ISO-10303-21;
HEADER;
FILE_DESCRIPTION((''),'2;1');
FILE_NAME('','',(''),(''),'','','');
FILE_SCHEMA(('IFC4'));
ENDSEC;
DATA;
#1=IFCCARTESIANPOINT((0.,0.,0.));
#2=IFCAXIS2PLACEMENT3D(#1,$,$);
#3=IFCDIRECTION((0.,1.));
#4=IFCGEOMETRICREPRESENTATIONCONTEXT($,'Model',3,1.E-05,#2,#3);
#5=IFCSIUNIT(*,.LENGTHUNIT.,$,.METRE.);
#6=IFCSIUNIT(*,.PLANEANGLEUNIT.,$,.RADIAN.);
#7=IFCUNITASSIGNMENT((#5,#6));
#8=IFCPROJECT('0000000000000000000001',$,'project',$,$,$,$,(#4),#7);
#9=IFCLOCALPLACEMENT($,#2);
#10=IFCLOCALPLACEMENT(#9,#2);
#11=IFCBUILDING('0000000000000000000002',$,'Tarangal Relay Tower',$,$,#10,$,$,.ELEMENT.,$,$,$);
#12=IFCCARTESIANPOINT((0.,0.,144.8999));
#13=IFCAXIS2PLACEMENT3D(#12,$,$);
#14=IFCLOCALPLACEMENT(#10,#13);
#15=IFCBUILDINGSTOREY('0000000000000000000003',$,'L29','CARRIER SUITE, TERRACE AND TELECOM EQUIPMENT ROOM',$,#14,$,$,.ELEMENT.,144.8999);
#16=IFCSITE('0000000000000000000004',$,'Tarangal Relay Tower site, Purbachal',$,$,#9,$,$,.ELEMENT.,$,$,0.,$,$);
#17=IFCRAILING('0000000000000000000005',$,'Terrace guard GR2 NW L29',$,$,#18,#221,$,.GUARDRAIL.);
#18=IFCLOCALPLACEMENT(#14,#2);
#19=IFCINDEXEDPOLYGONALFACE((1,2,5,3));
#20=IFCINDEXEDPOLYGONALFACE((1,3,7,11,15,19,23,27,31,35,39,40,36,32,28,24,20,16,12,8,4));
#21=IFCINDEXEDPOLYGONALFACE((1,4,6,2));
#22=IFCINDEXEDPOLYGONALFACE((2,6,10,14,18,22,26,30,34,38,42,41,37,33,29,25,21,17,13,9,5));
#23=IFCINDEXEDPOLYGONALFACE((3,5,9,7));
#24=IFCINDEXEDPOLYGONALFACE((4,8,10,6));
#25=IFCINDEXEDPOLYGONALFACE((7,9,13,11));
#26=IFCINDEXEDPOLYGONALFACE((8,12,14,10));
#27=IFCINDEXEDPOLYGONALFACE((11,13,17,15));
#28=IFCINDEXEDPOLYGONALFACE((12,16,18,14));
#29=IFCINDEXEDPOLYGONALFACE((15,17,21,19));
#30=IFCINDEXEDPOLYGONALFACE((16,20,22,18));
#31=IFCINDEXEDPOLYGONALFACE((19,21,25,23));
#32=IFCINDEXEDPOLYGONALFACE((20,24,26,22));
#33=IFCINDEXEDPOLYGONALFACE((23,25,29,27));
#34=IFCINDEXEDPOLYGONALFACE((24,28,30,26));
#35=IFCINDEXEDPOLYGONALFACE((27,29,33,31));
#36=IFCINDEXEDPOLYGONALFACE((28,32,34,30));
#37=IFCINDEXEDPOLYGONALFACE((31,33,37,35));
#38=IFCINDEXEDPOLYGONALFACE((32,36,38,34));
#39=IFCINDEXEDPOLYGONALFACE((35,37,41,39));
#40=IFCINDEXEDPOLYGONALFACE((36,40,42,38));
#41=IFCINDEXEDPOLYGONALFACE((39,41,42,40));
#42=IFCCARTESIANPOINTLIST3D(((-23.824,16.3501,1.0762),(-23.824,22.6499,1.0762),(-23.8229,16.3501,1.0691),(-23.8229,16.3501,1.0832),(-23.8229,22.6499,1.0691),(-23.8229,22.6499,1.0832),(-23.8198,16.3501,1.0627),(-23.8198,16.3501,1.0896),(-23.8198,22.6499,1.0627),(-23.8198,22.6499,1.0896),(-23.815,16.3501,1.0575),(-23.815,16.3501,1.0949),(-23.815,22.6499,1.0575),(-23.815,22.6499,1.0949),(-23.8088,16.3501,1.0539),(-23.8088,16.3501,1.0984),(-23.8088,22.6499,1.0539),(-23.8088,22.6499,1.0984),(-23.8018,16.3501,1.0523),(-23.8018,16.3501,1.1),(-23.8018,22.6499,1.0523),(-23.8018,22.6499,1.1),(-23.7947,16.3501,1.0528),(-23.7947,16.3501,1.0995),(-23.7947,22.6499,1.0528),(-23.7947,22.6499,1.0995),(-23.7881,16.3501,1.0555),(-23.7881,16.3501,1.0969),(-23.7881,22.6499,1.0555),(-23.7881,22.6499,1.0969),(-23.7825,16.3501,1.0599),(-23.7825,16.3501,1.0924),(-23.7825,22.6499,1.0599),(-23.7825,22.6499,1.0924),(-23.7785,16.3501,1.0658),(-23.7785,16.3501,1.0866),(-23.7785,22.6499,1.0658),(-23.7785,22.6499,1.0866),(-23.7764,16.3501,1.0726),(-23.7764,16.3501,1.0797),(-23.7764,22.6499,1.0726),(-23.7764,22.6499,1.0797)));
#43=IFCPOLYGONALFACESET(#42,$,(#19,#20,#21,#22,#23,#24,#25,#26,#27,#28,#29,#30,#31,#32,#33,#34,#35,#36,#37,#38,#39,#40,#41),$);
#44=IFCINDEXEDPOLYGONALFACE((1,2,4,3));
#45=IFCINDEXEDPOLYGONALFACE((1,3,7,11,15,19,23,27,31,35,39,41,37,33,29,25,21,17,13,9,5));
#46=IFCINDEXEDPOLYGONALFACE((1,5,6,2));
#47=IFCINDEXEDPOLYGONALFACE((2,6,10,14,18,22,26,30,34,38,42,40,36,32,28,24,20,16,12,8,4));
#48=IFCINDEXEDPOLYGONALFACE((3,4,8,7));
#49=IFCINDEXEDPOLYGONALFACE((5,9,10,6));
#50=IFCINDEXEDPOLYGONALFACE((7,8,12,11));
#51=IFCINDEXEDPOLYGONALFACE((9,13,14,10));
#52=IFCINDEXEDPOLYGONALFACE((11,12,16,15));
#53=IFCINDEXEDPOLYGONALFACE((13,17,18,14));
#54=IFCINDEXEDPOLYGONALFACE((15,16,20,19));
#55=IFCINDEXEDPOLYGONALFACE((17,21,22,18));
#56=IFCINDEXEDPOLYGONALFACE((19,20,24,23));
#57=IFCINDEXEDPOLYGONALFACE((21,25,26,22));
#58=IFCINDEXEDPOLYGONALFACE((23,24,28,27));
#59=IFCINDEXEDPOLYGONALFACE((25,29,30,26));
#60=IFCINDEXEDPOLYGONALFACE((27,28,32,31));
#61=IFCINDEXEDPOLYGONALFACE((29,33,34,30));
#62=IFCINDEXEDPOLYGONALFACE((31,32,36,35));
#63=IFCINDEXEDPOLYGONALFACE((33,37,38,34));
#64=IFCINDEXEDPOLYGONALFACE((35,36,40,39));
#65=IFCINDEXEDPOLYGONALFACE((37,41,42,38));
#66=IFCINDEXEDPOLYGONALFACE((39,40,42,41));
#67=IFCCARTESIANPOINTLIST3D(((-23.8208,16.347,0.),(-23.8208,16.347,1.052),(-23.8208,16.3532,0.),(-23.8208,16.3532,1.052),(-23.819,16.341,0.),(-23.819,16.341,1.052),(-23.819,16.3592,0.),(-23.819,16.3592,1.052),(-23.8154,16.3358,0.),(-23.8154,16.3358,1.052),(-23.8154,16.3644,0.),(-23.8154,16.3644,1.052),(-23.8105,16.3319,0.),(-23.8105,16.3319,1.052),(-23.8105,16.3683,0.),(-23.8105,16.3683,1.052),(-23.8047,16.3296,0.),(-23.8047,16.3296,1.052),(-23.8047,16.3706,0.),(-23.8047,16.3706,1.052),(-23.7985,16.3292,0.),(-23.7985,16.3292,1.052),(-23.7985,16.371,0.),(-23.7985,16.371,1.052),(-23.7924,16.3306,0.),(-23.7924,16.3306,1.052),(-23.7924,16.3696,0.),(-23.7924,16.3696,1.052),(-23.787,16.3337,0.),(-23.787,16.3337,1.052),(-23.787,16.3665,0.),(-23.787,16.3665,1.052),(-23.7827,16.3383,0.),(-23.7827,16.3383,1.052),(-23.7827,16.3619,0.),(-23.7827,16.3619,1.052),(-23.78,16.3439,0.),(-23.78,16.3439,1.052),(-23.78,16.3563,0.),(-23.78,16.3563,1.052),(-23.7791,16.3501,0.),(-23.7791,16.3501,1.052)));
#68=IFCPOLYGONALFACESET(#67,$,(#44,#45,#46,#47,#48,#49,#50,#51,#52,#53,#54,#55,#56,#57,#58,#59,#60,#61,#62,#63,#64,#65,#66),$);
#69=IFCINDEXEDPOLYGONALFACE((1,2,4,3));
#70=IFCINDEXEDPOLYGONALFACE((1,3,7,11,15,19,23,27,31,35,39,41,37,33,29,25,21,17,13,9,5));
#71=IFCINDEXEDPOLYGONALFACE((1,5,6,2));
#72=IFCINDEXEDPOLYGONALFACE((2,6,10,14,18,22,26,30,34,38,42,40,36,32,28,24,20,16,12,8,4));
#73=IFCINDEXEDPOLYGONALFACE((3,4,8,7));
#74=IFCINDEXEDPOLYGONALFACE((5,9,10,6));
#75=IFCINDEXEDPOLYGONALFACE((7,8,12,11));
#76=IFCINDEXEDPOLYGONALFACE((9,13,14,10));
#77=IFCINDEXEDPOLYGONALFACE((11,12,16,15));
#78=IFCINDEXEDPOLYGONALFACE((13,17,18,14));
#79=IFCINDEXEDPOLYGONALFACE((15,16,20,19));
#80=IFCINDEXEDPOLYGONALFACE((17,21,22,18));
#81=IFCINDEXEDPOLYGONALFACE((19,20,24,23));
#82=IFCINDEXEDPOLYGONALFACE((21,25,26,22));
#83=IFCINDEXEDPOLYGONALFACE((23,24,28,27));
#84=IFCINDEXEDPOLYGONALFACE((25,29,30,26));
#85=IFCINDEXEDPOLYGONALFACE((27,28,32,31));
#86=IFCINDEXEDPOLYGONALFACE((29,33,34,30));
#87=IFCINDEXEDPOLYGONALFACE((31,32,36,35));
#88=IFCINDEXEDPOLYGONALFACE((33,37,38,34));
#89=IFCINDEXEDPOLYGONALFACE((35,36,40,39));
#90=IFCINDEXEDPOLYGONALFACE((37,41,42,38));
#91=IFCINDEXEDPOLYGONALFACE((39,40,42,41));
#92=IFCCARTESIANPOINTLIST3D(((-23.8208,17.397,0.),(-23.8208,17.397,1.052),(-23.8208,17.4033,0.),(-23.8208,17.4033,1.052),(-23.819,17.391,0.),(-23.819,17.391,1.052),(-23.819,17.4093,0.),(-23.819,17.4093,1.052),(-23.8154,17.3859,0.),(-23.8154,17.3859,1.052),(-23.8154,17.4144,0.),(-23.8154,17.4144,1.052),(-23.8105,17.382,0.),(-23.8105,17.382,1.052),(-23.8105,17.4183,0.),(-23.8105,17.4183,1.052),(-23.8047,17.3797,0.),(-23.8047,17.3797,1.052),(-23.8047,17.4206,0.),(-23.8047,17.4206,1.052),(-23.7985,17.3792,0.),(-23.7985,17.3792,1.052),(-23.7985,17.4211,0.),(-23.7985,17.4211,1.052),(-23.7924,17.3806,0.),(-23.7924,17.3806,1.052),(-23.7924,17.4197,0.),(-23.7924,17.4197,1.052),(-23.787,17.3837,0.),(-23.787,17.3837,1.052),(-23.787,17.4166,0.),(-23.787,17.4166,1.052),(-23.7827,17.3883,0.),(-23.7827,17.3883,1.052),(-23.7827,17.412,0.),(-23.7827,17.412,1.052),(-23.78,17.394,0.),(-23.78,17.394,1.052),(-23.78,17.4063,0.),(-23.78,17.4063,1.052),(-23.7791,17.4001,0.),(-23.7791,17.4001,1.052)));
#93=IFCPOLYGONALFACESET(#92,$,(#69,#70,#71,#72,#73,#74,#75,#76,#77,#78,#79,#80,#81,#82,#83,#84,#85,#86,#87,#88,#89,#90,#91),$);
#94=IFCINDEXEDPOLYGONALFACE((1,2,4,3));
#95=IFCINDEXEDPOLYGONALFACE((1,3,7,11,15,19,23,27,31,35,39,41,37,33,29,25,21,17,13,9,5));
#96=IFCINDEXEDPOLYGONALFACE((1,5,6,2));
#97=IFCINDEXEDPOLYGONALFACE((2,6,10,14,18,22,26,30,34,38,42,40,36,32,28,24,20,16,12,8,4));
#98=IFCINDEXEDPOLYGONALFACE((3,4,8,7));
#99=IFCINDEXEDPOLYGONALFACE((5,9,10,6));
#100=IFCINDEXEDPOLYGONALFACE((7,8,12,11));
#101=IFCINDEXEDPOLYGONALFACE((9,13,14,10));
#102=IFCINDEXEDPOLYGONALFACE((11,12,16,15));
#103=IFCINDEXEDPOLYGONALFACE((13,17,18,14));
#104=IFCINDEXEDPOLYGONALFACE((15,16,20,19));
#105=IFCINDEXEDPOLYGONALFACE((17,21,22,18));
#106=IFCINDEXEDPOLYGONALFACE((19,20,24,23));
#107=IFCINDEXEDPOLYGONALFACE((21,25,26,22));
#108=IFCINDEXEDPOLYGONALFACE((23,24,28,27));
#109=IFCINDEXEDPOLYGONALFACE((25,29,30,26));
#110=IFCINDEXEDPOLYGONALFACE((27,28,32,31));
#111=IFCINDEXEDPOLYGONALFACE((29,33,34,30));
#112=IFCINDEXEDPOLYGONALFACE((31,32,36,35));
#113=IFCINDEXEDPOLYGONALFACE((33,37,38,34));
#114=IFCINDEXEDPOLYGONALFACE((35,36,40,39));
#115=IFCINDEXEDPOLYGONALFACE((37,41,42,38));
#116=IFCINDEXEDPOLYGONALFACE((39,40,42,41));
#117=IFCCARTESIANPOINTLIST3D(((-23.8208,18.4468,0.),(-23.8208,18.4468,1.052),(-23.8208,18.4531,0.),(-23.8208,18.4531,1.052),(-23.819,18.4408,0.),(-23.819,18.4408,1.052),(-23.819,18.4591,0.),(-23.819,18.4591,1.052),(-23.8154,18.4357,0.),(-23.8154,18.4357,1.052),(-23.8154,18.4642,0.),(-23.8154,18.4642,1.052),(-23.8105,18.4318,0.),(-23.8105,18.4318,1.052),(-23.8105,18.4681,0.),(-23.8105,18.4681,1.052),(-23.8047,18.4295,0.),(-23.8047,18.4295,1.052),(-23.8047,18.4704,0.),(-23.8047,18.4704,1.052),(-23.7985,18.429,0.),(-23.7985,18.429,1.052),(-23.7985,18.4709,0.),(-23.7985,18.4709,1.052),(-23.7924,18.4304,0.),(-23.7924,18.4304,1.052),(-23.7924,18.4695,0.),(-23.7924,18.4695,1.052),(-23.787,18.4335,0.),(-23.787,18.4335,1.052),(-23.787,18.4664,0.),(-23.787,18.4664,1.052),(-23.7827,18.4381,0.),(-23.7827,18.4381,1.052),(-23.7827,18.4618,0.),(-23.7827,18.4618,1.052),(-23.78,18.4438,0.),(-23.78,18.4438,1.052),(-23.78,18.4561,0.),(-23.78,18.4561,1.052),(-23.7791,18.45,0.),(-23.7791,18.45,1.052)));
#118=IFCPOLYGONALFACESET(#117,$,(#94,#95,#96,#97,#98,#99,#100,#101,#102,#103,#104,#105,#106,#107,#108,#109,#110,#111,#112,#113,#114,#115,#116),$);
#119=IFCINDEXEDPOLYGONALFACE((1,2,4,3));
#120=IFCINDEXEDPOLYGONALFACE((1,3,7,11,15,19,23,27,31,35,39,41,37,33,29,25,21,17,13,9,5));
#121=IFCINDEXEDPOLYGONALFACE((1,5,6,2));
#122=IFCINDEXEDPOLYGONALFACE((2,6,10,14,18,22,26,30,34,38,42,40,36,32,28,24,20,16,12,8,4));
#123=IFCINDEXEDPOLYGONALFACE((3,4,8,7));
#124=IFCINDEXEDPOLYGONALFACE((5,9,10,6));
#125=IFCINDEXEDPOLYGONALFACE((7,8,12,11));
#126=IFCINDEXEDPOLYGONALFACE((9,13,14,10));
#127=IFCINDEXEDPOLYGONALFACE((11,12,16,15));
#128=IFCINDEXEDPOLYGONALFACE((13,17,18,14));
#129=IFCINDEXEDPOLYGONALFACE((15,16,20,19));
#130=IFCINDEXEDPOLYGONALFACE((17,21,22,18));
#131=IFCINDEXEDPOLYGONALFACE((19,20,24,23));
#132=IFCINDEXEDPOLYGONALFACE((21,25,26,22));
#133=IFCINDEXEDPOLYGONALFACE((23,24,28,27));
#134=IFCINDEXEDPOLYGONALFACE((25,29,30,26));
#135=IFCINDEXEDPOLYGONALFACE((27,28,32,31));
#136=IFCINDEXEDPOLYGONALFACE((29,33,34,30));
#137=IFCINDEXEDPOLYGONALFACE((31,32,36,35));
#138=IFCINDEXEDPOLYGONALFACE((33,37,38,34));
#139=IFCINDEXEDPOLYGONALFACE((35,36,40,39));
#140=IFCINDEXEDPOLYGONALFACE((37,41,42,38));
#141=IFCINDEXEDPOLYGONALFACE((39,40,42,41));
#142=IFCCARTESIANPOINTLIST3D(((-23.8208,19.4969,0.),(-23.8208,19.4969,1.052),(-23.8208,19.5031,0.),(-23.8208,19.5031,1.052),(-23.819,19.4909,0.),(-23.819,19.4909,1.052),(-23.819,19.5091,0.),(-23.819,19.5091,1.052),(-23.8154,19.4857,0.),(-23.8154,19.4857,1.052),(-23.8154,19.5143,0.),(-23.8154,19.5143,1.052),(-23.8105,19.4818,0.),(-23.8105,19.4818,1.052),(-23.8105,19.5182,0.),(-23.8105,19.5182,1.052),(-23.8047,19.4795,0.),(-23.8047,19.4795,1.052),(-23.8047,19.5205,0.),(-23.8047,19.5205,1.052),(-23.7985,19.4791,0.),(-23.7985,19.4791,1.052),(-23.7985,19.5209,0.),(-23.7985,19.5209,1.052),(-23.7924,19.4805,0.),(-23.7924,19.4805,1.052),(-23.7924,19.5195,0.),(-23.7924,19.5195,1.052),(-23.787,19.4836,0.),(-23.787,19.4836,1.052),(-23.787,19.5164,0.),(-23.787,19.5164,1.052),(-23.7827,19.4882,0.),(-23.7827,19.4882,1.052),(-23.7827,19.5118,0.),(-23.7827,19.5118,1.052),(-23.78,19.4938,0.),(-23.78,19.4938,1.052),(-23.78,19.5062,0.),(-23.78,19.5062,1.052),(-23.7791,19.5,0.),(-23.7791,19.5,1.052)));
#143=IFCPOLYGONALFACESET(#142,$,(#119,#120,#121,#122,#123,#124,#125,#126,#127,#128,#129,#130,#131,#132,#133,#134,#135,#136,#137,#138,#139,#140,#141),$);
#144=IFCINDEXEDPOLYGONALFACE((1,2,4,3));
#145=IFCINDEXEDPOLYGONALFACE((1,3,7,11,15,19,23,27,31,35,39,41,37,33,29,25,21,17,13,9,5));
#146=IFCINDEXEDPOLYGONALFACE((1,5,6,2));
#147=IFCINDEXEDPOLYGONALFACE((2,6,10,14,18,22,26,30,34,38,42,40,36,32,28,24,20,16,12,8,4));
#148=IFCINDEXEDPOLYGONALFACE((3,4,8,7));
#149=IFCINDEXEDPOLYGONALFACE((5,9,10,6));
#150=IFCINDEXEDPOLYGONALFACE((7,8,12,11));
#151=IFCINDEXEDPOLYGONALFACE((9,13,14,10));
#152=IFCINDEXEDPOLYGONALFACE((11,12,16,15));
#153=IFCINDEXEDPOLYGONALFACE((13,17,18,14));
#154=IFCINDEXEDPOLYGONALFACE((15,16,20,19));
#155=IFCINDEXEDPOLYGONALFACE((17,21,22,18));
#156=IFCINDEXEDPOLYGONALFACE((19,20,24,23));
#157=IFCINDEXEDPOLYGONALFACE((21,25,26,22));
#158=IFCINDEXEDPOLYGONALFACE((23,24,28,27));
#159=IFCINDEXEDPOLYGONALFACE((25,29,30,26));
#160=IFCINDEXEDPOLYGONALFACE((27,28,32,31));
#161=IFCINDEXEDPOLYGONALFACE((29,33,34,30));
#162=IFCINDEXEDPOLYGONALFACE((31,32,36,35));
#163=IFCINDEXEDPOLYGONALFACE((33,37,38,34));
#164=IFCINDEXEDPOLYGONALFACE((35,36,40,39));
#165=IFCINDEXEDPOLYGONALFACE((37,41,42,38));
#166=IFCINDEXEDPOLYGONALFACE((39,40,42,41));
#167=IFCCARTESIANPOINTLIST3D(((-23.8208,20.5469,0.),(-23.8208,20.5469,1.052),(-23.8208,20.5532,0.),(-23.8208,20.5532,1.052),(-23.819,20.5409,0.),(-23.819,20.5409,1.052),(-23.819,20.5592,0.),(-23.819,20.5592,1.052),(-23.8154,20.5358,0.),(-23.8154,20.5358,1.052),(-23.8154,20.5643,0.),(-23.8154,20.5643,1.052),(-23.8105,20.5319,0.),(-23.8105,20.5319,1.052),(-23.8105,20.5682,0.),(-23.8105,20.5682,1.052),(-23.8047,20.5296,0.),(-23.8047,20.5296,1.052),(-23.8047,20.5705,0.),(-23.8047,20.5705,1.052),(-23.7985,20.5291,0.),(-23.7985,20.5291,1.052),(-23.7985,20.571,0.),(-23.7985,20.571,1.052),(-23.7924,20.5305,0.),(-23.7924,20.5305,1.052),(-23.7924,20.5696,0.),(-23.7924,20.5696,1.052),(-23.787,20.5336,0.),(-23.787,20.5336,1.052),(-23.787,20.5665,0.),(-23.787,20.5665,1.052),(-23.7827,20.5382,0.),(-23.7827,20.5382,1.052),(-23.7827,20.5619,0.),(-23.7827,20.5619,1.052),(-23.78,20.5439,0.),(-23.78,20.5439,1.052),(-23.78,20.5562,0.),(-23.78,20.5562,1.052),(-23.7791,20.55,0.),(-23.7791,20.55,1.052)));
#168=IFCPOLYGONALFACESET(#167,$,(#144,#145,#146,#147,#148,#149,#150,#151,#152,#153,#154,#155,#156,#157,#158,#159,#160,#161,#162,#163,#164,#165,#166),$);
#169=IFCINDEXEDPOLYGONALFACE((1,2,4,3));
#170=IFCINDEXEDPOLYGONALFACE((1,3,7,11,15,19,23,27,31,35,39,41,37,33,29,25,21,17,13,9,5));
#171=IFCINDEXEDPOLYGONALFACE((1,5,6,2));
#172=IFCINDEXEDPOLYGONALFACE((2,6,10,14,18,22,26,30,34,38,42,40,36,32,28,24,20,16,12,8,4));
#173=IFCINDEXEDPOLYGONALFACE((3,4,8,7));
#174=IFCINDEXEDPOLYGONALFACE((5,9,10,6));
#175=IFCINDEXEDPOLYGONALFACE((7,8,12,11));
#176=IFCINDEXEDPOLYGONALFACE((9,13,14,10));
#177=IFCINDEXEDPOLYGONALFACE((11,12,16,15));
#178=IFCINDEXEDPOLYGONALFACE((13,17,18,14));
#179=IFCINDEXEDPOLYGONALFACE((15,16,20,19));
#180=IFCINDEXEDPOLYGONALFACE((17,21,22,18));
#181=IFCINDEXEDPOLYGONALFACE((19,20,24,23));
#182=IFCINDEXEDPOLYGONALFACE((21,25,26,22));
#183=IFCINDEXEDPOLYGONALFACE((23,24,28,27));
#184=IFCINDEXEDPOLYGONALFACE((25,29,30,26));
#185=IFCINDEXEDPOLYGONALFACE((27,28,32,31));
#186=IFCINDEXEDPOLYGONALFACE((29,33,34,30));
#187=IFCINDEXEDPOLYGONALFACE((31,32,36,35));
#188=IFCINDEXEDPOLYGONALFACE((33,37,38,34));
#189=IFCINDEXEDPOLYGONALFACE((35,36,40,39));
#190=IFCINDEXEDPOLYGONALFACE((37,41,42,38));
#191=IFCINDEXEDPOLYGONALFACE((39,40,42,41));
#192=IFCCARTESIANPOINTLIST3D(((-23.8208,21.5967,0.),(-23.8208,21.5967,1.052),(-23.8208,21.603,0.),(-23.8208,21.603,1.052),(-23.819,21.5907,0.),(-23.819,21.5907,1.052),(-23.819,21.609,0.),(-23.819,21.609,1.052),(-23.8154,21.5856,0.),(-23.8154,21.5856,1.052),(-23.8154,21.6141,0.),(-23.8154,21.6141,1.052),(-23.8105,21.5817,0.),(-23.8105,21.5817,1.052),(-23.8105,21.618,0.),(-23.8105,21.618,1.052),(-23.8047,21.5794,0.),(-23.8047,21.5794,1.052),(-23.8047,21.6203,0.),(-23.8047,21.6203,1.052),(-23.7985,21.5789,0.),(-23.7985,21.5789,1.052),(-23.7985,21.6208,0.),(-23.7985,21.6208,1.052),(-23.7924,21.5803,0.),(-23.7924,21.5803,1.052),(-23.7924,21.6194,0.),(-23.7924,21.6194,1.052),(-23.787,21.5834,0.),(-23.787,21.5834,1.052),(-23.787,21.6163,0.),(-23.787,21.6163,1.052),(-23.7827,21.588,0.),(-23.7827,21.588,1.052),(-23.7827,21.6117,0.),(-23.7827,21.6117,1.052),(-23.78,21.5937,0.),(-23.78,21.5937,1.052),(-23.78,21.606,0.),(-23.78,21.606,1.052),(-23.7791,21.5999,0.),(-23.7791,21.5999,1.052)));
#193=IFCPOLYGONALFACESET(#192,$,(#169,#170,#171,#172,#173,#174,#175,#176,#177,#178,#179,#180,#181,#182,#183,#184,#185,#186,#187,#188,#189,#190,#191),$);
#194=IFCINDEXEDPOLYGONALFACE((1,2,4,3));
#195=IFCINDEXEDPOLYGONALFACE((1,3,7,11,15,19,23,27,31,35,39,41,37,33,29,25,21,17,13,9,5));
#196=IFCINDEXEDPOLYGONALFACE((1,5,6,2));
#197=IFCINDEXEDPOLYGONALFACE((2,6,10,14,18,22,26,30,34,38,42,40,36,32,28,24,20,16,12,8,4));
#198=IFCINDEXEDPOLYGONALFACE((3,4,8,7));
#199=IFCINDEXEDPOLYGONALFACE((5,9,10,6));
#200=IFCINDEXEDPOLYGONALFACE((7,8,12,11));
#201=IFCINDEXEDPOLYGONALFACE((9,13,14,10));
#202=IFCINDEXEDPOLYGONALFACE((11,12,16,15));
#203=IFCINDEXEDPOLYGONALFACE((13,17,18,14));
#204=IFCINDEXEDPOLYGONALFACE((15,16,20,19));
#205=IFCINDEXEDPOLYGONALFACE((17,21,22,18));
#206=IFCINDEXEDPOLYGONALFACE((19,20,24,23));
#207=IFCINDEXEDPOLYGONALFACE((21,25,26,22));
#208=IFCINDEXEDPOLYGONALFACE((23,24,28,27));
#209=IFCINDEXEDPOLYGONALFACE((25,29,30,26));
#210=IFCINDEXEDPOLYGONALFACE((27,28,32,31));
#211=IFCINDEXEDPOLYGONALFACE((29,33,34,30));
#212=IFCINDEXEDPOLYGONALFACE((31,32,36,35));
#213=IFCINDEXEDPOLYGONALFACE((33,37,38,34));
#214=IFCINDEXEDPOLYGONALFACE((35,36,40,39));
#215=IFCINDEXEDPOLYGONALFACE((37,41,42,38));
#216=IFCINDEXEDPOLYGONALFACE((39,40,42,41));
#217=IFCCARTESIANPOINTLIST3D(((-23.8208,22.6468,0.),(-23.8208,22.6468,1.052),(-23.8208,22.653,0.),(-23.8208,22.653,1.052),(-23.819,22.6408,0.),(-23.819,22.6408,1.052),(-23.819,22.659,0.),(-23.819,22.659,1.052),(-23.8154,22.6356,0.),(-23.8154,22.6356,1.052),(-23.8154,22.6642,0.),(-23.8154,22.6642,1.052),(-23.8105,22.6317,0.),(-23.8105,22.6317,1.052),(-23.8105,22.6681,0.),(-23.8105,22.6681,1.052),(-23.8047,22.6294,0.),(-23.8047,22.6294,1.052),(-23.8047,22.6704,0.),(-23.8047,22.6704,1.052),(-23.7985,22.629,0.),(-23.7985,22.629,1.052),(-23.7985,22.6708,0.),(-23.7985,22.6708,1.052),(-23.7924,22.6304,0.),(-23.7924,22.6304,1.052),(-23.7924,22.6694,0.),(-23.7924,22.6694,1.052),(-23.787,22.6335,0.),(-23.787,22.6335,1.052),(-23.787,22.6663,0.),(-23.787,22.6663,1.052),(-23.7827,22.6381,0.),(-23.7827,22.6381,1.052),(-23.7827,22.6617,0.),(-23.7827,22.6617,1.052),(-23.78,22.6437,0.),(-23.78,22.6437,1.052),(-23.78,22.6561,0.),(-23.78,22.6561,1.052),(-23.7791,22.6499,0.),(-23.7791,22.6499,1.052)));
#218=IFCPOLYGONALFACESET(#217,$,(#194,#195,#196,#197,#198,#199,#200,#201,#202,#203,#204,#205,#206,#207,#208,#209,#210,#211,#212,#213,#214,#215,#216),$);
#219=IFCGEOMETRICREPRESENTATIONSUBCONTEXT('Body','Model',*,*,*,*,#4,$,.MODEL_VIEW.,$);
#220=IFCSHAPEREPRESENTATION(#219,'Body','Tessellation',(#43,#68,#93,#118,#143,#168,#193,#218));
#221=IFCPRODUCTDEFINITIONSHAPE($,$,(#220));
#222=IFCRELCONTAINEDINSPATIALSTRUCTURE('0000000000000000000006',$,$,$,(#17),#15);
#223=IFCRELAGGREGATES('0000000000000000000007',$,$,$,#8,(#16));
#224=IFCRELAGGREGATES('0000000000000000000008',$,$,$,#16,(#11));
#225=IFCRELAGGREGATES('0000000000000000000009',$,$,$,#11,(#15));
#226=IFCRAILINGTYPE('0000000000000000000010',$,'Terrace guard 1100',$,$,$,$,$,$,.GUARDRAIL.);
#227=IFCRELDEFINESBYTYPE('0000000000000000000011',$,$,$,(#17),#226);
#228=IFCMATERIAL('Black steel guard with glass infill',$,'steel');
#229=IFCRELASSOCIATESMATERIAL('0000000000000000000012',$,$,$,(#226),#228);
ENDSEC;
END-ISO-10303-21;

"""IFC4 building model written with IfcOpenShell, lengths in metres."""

from ifc_helpers import new_model, si_unit, direction, frame, origin, origin_2d, place, context, subcontext, project, spatial, circle, extrude, material, type_object, element, save


model = new_model("IFC4")

# Units and contexts
model_context = context("Model", 3, precision=1e-05, world=origin(), true_north=direction((0.0, 1.0)))
body_context = subcontext(model_context, "Body", "Model", "MODEL_VIEW")
ifc_project = project(units=[si_unit("LENGTHUNIT", "METRE"), si_unit("PLANEANGLEUNIT", "RADIAN")], contexts=[model_context])

# Site, building, storey
site_placement = place(None, origin())
site = spatial("IfcSite", under=ifc_project, at=site_placement, Name="Tarangal Relay Tower site, Purbachal", CompositionType="ELEMENT", RefElevation=0.0)
building_placement = place(site_placement, origin())
building = spatial("IfcBuilding", under=site, at=building_placement, Name="Tarangal Relay Tower", CompositionType="ELEMENT")
storey_placement = place(building_placement, frame((0.0, 0.0, 144.8999)))
storey = spatial("IfcBuildingStorey", under=building, at=storey_placement, Name="L29", Description="CARRIER SUITE, TERRACE AND TELECOM EQUIPMENT ROOM", CompositionType="ELEMENT", Elevation=144.8999)

# Railing
ifc_material_1 = material(Name="Black steel guard with glass infill", Category="steel")
railing_type = type_object("IfcRailingType", Name="Terrace guard 1100", PredefinedType="GUARDRAIL", material=ifc_material_1)
railing_1_placement = place(storey_placement, frame((-23.8, 16.3501, 0.0)))
element("IfcRailing", 1, at=railing_1_placement, inside=storey, type_object=railing_type, Name="Terrace guard GR2 NW L29", PredefinedType="GUARDRAIL", context=body_context, shape_type="SweptSolid", body=[
    extrude(circle(Radius=0.0239, at=origin_2d()), frame((0.0, 0.0, 1.0762), z_axis=(0.0, 1.0, 0.0), x_axis=(-1.0, 0.0, 0.0)), (0.0, 0.0, 1.0), 6.2998),
    extrude(circle(Radius=0.021, at=origin_2d()), origin(), (0.0, 0.0, 1.0), 1.052),
    extrude(circle(Radius=0.021, at=origin_2d()), frame((0.0, 1.05, 0.0)), (0.0, 0.0, 1.0), 1.052),
    extrude(circle(Radius=0.021, at=origin_2d()), frame((0.0, 2.0999, 0.0)), (0.0, 0.0, 1.0), 1.052),
    extrude(circle(Radius=0.021, at=origin_2d()), frame((0.0, 3.1499, 0.0)), (0.0, 0.0, 1.0), 1.052),
    extrude(circle(Radius=0.021, at=origin_2d()), frame((0.0, 4.2, 0.0)), (0.0, 0.0, 1.0), 1.052),
    extrude(circle(Radius=0.021, at=origin_2d()), frame((0.0, 5.2498, 0.0)), (0.0, 0.0, 1.0), 1.052),
    extrude(circle(Radius=0.021, at=origin_2d()), frame((0.0, 6.2998, 0.0)), (0.0, 0.0, 1.0), 1.052),
])

save(model, "model.ifc")
